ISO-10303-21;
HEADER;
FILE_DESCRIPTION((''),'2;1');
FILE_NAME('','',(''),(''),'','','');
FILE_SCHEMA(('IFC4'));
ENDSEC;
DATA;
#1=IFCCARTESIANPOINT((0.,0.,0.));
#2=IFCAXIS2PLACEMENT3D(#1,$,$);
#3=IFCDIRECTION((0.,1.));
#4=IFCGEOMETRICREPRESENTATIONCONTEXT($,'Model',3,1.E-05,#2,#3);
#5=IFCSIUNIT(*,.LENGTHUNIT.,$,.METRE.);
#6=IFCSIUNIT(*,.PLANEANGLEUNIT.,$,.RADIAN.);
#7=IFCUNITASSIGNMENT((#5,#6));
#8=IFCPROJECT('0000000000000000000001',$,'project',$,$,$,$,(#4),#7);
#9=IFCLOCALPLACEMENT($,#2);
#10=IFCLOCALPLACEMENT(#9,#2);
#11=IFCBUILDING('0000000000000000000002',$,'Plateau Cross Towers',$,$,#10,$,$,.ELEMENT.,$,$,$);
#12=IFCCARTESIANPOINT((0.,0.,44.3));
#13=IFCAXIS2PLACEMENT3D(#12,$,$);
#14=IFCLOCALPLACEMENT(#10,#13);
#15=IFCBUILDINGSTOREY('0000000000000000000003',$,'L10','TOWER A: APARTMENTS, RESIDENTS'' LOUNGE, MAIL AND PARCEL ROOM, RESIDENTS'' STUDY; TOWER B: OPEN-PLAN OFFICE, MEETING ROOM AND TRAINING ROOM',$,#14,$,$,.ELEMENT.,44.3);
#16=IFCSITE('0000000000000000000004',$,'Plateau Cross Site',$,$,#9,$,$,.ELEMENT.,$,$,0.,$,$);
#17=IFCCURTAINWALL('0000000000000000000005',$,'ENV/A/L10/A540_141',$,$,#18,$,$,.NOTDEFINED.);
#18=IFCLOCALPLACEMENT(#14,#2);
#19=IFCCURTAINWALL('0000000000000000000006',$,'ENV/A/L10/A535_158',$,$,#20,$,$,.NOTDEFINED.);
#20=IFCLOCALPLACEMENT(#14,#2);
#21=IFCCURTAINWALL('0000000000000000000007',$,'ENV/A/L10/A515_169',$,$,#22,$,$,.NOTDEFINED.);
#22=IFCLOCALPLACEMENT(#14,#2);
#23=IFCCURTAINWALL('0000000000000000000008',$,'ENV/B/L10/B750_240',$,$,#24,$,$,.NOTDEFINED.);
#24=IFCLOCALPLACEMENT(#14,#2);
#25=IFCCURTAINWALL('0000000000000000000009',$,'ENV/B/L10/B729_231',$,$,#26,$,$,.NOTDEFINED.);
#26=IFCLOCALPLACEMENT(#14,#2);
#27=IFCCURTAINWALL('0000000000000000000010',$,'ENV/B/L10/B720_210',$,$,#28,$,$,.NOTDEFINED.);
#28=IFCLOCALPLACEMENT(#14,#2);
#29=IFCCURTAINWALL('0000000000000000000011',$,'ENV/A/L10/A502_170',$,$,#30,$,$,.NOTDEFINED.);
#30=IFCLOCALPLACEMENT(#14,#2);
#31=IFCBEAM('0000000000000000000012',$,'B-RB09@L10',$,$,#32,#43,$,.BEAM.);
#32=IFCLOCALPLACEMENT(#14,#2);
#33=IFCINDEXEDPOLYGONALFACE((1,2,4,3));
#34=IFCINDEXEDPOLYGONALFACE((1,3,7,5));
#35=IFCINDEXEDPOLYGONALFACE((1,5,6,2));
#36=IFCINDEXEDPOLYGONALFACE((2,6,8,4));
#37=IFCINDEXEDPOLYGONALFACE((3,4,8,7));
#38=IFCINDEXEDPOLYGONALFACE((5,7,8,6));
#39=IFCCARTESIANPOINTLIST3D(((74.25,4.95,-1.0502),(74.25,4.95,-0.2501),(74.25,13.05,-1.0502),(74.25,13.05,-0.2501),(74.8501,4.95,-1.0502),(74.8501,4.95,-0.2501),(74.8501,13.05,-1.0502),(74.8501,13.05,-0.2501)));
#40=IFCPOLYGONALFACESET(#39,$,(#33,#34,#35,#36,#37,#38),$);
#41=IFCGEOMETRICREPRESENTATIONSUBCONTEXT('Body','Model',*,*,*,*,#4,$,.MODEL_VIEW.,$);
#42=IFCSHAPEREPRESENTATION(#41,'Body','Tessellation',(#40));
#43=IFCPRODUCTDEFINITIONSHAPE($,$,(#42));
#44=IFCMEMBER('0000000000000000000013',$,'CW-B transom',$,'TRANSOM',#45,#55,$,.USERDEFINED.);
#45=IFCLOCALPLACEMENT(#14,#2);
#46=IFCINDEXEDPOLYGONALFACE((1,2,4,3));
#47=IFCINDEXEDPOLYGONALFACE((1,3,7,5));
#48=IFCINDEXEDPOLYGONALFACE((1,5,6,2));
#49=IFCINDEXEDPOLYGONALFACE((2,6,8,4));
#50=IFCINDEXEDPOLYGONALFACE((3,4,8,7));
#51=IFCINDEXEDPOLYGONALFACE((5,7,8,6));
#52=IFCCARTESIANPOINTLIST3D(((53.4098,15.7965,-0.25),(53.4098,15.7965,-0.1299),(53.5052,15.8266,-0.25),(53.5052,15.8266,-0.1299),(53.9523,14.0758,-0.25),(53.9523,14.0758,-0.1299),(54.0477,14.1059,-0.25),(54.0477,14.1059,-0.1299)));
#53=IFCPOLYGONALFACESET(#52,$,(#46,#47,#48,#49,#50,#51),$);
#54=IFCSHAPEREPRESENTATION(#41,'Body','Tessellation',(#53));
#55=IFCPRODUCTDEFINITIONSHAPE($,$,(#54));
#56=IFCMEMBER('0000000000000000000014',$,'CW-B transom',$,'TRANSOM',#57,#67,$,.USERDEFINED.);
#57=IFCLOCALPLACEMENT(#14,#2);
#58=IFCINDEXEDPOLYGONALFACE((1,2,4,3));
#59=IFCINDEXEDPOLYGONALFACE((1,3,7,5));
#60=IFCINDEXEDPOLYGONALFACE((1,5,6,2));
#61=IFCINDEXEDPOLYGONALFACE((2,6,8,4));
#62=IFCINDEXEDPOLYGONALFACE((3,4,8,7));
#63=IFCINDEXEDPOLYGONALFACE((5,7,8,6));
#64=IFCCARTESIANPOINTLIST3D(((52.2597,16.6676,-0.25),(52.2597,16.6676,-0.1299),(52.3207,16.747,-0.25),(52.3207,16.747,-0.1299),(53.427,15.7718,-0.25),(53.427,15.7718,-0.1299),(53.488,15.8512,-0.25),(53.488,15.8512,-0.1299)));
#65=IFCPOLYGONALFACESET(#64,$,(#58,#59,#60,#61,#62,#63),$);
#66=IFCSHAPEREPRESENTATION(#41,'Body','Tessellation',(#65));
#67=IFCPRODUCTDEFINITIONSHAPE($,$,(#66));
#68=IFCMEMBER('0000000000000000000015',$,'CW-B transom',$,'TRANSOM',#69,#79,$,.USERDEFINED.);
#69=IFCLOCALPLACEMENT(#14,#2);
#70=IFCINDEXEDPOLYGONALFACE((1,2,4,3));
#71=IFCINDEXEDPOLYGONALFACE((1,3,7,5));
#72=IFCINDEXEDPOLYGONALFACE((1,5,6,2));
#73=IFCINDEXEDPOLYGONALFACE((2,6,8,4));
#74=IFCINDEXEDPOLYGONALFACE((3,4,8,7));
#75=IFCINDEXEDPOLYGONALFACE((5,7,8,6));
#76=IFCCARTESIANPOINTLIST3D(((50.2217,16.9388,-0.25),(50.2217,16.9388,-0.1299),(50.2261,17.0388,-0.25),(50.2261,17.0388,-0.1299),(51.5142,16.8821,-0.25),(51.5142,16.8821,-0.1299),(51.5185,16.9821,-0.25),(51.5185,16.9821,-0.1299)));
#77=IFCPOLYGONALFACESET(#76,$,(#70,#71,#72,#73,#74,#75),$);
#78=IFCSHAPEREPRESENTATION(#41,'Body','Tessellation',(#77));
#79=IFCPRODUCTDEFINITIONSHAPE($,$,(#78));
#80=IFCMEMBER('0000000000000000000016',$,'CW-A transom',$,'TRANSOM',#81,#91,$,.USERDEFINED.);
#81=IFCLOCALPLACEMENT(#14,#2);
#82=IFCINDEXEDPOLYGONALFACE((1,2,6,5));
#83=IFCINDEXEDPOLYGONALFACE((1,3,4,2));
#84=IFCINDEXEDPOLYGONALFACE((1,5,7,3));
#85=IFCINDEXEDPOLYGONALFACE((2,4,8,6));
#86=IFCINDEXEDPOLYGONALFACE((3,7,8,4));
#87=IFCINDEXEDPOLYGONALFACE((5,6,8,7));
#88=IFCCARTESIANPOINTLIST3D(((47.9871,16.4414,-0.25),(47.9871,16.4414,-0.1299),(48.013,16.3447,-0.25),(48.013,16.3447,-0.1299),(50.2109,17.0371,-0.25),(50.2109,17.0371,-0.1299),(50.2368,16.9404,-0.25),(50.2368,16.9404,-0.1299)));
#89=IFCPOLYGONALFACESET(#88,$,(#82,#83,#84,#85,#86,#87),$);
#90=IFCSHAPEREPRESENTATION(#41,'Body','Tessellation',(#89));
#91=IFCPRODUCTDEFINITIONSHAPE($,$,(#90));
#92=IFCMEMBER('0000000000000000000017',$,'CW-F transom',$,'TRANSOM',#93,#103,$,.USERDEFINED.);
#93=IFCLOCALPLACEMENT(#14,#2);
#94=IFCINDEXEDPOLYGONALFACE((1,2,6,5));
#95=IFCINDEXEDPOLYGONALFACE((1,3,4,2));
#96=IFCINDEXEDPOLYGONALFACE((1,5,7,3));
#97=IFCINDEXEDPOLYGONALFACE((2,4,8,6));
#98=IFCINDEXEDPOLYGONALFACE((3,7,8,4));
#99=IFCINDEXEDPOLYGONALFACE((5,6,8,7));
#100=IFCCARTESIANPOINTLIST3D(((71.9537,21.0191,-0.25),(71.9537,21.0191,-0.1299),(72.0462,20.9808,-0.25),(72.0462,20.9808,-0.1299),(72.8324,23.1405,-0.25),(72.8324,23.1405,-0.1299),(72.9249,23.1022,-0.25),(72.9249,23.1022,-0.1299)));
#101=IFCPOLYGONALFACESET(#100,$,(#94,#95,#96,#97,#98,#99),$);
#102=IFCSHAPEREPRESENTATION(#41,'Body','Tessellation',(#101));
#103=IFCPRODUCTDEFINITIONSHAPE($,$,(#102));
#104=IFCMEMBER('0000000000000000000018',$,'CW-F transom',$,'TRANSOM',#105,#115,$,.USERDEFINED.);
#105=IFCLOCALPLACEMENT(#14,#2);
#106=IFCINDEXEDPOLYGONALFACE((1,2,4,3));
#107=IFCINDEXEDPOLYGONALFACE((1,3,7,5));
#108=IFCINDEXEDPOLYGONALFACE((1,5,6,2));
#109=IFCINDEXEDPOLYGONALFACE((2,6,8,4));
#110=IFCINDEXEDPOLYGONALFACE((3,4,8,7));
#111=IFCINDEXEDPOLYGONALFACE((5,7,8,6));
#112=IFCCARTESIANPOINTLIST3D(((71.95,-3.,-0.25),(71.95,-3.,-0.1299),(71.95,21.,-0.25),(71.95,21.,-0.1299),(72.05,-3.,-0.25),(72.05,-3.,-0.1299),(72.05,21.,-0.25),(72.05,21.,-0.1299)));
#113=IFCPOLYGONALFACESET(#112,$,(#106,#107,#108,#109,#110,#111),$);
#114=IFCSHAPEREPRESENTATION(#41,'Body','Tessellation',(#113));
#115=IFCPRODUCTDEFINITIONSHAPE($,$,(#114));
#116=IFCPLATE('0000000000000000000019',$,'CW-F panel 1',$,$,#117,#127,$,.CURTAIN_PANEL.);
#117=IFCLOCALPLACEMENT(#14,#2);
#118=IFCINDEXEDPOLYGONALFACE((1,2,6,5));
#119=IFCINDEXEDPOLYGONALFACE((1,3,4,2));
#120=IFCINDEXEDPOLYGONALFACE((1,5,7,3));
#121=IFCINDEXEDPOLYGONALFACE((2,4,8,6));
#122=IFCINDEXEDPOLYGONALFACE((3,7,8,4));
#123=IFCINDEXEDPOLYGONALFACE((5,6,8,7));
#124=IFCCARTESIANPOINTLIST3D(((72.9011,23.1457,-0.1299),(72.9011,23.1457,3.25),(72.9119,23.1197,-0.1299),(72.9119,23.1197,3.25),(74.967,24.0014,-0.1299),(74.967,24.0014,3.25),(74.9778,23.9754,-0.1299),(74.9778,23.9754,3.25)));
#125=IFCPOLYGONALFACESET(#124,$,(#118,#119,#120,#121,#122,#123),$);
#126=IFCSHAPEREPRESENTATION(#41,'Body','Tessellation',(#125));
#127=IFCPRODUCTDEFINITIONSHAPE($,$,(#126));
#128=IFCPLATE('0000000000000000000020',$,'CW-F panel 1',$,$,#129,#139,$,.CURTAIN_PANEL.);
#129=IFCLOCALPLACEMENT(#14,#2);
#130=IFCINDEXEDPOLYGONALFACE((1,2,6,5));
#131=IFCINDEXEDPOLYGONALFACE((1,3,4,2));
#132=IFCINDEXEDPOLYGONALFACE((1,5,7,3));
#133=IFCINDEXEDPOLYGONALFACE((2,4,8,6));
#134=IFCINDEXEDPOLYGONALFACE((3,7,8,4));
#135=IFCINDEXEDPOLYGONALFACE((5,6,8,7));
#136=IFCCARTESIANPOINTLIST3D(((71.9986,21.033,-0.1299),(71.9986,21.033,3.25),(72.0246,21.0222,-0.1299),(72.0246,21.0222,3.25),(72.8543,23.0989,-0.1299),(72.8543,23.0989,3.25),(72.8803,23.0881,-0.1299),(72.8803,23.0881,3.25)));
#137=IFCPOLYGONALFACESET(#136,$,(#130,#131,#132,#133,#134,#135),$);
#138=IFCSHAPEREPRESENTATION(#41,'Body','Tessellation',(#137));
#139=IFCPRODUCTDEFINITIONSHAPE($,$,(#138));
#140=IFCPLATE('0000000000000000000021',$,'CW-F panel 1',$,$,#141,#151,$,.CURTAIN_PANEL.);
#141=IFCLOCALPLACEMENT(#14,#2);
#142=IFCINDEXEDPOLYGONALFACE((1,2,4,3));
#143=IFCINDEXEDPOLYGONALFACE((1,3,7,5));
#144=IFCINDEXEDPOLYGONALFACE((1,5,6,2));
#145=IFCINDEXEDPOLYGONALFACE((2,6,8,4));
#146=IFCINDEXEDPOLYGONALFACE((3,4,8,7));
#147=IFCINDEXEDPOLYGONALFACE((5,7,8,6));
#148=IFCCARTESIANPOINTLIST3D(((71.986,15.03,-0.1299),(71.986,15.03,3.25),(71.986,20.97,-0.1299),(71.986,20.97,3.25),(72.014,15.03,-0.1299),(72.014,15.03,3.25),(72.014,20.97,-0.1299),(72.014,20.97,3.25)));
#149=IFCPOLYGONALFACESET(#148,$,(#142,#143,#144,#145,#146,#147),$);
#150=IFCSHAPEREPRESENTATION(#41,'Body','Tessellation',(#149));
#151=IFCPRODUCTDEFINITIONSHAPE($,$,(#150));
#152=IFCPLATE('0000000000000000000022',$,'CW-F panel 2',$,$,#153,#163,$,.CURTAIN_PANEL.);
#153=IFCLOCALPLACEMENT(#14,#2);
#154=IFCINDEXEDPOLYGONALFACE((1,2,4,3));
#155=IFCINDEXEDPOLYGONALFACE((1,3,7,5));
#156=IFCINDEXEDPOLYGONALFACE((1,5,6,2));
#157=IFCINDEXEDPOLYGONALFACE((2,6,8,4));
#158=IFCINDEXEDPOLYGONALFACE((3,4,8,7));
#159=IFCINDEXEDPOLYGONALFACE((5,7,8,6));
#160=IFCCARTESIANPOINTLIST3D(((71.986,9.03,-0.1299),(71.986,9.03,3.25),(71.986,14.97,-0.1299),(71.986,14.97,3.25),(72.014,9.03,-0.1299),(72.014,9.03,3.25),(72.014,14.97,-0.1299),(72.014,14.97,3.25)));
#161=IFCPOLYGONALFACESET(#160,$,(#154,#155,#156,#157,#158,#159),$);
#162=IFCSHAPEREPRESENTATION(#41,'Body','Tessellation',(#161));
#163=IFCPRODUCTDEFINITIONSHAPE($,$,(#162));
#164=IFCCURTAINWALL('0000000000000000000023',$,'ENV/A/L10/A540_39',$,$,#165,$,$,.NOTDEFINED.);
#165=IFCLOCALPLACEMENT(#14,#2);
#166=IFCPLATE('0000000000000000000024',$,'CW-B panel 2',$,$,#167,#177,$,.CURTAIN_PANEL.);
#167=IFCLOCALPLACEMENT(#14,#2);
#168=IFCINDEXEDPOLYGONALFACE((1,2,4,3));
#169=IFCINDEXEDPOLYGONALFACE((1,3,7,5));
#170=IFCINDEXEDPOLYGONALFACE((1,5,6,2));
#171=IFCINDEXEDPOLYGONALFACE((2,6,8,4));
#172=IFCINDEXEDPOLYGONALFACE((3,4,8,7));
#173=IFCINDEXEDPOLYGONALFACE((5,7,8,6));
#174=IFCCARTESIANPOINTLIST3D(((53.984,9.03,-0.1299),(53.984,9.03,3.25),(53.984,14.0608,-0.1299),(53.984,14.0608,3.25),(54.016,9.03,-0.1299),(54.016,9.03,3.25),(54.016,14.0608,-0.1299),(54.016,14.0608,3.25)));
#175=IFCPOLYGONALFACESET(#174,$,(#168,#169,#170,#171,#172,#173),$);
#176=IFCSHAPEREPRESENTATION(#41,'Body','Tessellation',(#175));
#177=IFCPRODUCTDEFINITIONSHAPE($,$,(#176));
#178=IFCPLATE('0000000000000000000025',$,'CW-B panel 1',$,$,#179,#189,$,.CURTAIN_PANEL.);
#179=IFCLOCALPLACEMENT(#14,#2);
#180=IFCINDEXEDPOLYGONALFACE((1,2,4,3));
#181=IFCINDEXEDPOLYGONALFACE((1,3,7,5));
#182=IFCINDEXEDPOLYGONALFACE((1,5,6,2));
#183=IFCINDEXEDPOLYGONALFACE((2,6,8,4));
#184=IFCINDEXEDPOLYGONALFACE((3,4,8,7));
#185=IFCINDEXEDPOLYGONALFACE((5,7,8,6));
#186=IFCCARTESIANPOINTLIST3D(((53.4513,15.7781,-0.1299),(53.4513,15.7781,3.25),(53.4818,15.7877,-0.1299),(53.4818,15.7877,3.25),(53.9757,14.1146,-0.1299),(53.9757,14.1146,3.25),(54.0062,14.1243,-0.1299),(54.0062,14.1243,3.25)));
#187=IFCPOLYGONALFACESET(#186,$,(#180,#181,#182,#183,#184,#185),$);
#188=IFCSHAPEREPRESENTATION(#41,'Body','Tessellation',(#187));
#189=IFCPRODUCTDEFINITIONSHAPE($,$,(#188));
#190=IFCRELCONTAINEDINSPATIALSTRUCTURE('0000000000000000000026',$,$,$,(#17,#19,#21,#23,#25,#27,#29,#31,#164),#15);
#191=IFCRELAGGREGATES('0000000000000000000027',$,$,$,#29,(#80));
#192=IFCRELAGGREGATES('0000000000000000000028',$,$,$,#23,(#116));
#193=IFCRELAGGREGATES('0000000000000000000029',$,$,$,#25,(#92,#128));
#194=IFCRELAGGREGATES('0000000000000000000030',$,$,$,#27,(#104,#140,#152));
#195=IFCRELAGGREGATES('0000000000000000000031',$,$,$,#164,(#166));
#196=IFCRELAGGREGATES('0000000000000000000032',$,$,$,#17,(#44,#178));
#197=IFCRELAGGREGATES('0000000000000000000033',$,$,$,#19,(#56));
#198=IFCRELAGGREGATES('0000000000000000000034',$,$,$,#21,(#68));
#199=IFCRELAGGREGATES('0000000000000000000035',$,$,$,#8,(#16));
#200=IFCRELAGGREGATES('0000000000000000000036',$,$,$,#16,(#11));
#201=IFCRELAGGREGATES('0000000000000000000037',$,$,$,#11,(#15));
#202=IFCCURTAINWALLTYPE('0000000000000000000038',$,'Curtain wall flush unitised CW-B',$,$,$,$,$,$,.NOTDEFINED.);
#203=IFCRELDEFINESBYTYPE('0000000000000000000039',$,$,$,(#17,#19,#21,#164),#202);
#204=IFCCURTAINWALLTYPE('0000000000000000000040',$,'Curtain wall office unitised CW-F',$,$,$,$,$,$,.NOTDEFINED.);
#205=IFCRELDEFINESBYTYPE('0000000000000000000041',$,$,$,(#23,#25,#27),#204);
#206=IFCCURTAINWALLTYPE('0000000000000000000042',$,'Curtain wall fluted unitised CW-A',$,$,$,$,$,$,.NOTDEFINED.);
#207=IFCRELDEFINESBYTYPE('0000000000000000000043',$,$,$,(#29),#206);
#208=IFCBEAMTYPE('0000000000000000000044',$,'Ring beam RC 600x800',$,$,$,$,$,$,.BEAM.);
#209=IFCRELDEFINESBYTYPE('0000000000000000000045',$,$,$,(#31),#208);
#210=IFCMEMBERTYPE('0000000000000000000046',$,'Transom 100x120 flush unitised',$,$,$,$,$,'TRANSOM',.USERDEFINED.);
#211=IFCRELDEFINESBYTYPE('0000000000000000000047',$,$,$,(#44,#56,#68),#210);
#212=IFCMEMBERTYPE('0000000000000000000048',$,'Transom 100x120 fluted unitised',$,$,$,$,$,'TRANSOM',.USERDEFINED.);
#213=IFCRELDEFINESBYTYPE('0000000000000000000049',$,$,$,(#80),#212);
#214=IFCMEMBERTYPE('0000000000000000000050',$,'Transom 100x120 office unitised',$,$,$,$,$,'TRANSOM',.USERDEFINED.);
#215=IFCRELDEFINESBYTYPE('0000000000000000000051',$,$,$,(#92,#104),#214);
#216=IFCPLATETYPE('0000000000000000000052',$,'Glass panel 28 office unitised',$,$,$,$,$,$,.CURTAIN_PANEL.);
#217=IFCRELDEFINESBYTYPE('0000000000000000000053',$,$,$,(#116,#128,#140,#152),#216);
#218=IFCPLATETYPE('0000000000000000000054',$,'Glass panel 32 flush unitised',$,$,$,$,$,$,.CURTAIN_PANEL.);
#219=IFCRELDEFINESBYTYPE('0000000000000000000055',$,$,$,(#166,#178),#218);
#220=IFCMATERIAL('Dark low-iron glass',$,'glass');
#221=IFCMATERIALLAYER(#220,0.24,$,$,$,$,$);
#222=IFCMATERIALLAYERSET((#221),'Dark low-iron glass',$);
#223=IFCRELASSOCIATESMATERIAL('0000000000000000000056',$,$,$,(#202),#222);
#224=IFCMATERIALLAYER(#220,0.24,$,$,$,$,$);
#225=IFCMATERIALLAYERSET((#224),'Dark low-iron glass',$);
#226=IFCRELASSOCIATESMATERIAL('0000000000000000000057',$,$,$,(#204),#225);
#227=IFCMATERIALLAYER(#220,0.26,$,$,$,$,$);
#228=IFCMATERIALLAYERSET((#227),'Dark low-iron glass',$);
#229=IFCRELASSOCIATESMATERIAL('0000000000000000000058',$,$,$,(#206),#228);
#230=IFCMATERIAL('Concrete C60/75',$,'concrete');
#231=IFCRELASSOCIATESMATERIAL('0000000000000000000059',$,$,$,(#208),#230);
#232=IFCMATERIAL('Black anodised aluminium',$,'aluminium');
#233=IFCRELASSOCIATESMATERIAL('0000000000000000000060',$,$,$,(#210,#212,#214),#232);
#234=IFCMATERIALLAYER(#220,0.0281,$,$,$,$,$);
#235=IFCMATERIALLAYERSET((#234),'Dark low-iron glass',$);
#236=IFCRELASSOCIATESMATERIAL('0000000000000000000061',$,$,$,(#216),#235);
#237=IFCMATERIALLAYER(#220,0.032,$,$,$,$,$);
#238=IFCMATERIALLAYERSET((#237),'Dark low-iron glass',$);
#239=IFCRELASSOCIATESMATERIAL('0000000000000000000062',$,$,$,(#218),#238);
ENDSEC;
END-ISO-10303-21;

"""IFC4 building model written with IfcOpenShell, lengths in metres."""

from ifc_helpers import new_model, si_unit, direction, frame, origin, origin_2d, place, context, subcontext, project, spatial, rectangle, extrude, material, layer, layer_set, material_profile, profile_set, type_object, element, aggregate, save


model = new_model("IFC4")

# Units and contexts
model_context = context("Model", 3, precision=1e-05, world=origin(), true_north=direction((0.0, 1.0)))
body_context = subcontext(model_context, "Body", "Model", "MODEL_VIEW")
ifc_project = project(units=[si_unit("LENGTHUNIT", "METRE"), si_unit("PLANEANGLEUNIT", "RADIAN")], contexts=[model_context])

# Site, building, storey
site_placement = place(None, origin())
site = spatial("IfcSite", under=ifc_project, at=site_placement, Name="Plateau Cross Site", CompositionType="ELEMENT", RefElevation=0.0)
building_placement = place(site_placement, origin())
building = spatial("IfcBuilding", under=site, at=building_placement, Name="Plateau Cross Towers", CompositionType="ELEMENT")
storey_placement = place(building_placement, frame((0.0, 0.0, 44.3)))
storey = spatial("IfcBuildingStorey", under=building, at=storey_placement, Name="L10", Description="TOWER A: APARTMENTS, RESIDENTS' LOUNGE, MAIL AND PARCEL ROOM, RESIDENTS' STUDY; TOWER B: OPEN-PLAN OFFICE, MEETING ROOM AND TRAINING ROOM", CompositionType="ELEMENT", Elevation=44.3)

# Shared definitions
ifc_material_1 = material(Name="Concrete C60/75", Category="concrete")

# Curtain wall
ifc_material_2 = material(Name="Dark low-iron glass", Category="glass")
ifc_layer_1 = layer(ifc_material_2, 0.24)
ifc_layer_set_1 = layer_set([ifc_layer_1], Name="Dark low-iron glass")
curtain_wall_type_1 = type_object("IfcCurtainWallType", Name="Curtain wall flush unitised CW-B", PredefinedType="NOTDEFINED", material=ifc_layer_set_1)
curtain_wall_1_placement = place(storey_placement, origin())
curtain_wall_1 = element("IfcCurtainWall", 1, at=curtain_wall_1_placement, inside=storey, type_object=curtain_wall_type_1, Name="ENV/A/L10/A540_141", PredefinedType="NOTDEFINED")
ifc_material_3 = material(Name="Black anodised aluminium", Category="aluminium")

# Curtain wall
curtain_wall_2_placement = place(storey_placement, origin())
curtain_wall_2 = element("IfcCurtainWall", 2, at=curtain_wall_2_placement, inside=storey, type_object=curtain_wall_type_1, Name="ENV/A/L10/A535_158", PredefinedType="NOTDEFINED")

# Curtain walls
curtain_wall_3_placement = place(storey_placement, origin())
curtain_wall_3 = element("IfcCurtainWall", 3, at=curtain_wall_3_placement, inside=storey, type_object=curtain_wall_type_1, Name="ENV/A/L10/A515_169", PredefinedType="NOTDEFINED")
ifc_layer_2 = layer(ifc_material_2, 0.24)
ifc_layer_set_2 = layer_set([ifc_layer_2], Name="Dark low-iron glass")
curtain_wall_type_2 = type_object("IfcCurtainWallType", Name="Curtain wall office unitised CW-F", PredefinedType="NOTDEFINED", material=ifc_layer_set_2)
curtain_wall_4_placement = place(storey_placement, origin())
curtain_wall_4 = element("IfcCurtainWall", 4, at=curtain_wall_4_placement, inside=storey, type_object=curtain_wall_type_2, Name="ENV/B/L10/B750_240", PredefinedType="NOTDEFINED")
curtain_wall_5_placement = place(storey_placement, origin())
curtain_wall_5 = element("IfcCurtainWall", 5, at=curtain_wall_5_placement, inside=storey, type_object=curtain_wall_type_2, Name="ENV/B/L10/B729_231", PredefinedType="NOTDEFINED")

# Curtain wall
curtain_wall_6_placement = place(storey_placement, origin())
curtain_wall_6 = element("IfcCurtainWall", 6, at=curtain_wall_6_placement, inside=storey, type_object=curtain_wall_type_2, Name="ENV/B/L10/B720_210", PredefinedType="NOTDEFINED")

# Curtain wall
ifc_layer_3 = layer(ifc_material_2, 0.26)
ifc_layer_set_3 = layer_set([ifc_layer_3], Name="Dark low-iron glass")
curtain_wall_type_3 = type_object("IfcCurtainWallType", Name="Curtain wall fluted unitised CW-A", PredefinedType="NOTDEFINED", material=ifc_layer_set_3)
curtain_wall_7_placement = place(storey_placement, origin())
curtain_wall_7 = element("IfcCurtainWall", 7, at=curtain_wall_7_placement, inside=storey, type_object=curtain_wall_type_3, Name="ENV/A/L10/A502_170", PredefinedType="NOTDEFINED")

# Beam
ifc_material_profile_1 = material_profile(ifc_material_1, rectangle(XDim=0.6001, YDim=0.8, at=origin_2d()), Name="RC 600x800")
ifc_profile_set_1 = profile_set([ifc_material_profile_1], Name="Concrete C60/75")
beam_type = type_object("IfcBeamType", Name="Ring beam RC 600x800", PredefinedType="BEAM", material=ifc_profile_set_1)
for number, where, z_axis, x_axis, name in (
    (8, (74.55, 13.05, -0.6501), (0.0, -1.0, 0.0), (1.0, 0.0, 0.0), "B-RB09@L10"),
):
    element("IfcBeam", number, at=place(storey_placement, frame(where, z_axis=z_axis, x_axis=x_axis)), inside=storey, type_object=beam_type, Name=name, PredefinedType="BEAM", context=body_context, shape_type="SweptSolid", body=[
        extrude(rectangle(XDim=0.6001, YDim=0.8, at=origin_2d()), origin(), (0.0, 0.0, 1.0), 8.1001),
    ])

# Members
ifc_material_profile_2 = material_profile(ifc_material_3, rectangle(XDim=0.1001, YDim=0.1201, at=origin_2d()), Name="TRANSOM 100x120")
ifc_profile_set_2 = profile_set([ifc_material_profile_2], Name="Black anodised aluminium")
member_type_1 = type_object("IfcMemberType", Name="Transom 100x120 flush unitised", ElementType="TRANSOM", PredefinedType="USERDEFINED", material=ifc_profile_set_2)
member_1_placement = place(storey_placement, frame((54.0, 14.0908, -0.1899), z_axis=(-0.300678, 0.953726, 0.0), x_axis=(-0.953726, -0.300678, 0.0)))
member_1 = element("IfcMember", 9, at=member_1_placement, type_object=member_type_1, Name="CW-B transom", ObjectType="TRANSOM", PredefinedType="USERDEFINED", context=body_context, shape_type="SweptSolid", body=[
    extrude(rectangle(XDim=0.1001, YDim=0.1201, at=origin_2d()), origin(), (0.0, 0.0, 1.0), 1.8042),
])
member_2_placement = place(storey_placement, frame((53.4575, 15.8115, -0.1899), z_axis=(-0.793321, 0.608804, 0.0), x_axis=(-0.608804, -0.793321, 0.0)))
member_2 = element("IfcMember", 10, at=member_2_placement, type_object=member_type_1, Name="CW-B transom", ObjectType="TRANSOM", PredefinedType="USERDEFINED", context=body_context, shape_type="SweptSolid", body=[
    extrude(rectangle(XDim=0.1001, YDim=0.1201, at=origin_2d()), origin(), (0.0, 0.0, 1.0), 1.4714),
])
member_3_placement = place(storey_placement, frame((51.5164, 16.9321, -0.1899), z_axis=(-0.999041, 0.043781, 0.0), x_axis=(-0.043781, -0.999041, 0.0)))
member_3 = element("IfcMember", 11, at=member_3_placement, type_object=member_type_1, Name="CW-B transom", ObjectType="TRANSOM", PredefinedType="USERDEFINED", context=body_context, shape_type="SweptSolid", body=[
    extrude(rectangle(XDim=0.1001, YDim=0.1201, at=origin_2d()), origin(), (0.0, 0.0, 1.0), 1.2937),
])
ifc_material_profile_3 = material_profile(ifc_material_3, rectangle(XDim=0.1001, YDim=0.1201, at=origin_2d()), Name="TRANSOM 100x120")
ifc_profile_set_3 = profile_set([ifc_material_profile_3], Name="Black anodised aluminium")
member_type_2 = type_object("IfcMemberType", Name="Transom 100x120 fluted unitised", ElementType="TRANSOM", PredefinedType="USERDEFINED", material=ifc_profile_set_3)
member_4_placement = place(storey_placement, frame((50.2239, 16.9888, -0.1899), z_axis=(-0.965946, -0.258745, 0.0), x_axis=(0.258745, -0.965946, 0.0)))
member_4 = element("IfcMember", 12, at=member_4_placement, type_object=member_type_2, Name="CW-A transom", ObjectType="TRANSOM", PredefinedType="USERDEFINED", context=body_context, shape_type="SweptSolid", body=[
    extrude(rectangle(XDim=0.1001, YDim=0.1201, at=origin_2d()), origin(), (0.0, 0.0, 1.0), 2.3022),
])
aggregate(curtain_wall_7, [member_4])
ifc_material_profile_4 = material_profile(ifc_material_3, rectangle(XDim=0.1001, YDim=0.1201, at=origin_2d()), Name="TRANSOM 100x120")
ifc_profile_set_4 = profile_set([ifc_material_profile_4], Name="Black anodised aluminium")
member_type_3 = type_object("IfcMemberType", Name="Transom 100x120 office unitised", ElementType="TRANSOM", PredefinedType="USERDEFINED", material=ifc_profile_set_4)
member_5_placement = place(storey_placement, frame((72.8787, 23.1213, -0.1899), z_axis=(-0.382674, -0.923883, 0.0), x_axis=(0.923883, -0.382674, 0.0)))
member_5 = element("IfcMember", 13, at=member_5_placement, type_object=member_type_3, Name="CW-F transom", ObjectType="TRANSOM", PredefinedType="USERDEFINED", context=body_context, shape_type="SweptSolid", body=[
    extrude(rectangle(XDim=0.1001, YDim=0.1201, at=origin_2d()), origin(), (0.0, 0.0, 1.0), 2.2961),
])
member_6_placement = place(storey_placement, frame((72.0, 21.0, -0.1899), z_axis=(0.0, -1.0, 0.0), x_axis=(1.0, 0.0, 0.0)))
member_6 = element("IfcMember", 14, at=member_6_placement, type_object=member_type_3, Name="CW-F transom", ObjectType="TRANSOM", PredefinedType="USERDEFINED", context=body_context, shape_type="SweptSolid", body=[
    extrude(rectangle(XDim=0.1001, YDim=0.1201, at=origin_2d()), origin(), (0.0, 0.0, 1.0), 24.0),
])

# Plates
ifc_layer_4 = layer(ifc_material_2, 0.0281)
ifc_layer_set_4 = layer_set([ifc_layer_4], Name="Dark low-iron glass")
plate_type_1 = type_object("IfcPlateType", Name="Glass panel 28 office unitised", PredefinedType="CURTAIN_PANEL", material=ifc_layer_set_4)
plate_1_placement = place(storey_placement, frame((73.9395, 23.5605, -0.1299), z_axis=(0.0, 0.0, 1.0), x_axis=(-0.923879, -0.382684, 0.0)))
plate_1 = element("IfcPlate", 15, at=plate_1_placement, type_object=plate_type_1, Name="CW-F panel 1", PredefinedType="CURTAIN_PANEL", context=body_context, shape_type="SweptSolid", body=[
    extrude(rectangle(XDim=2.2361, YDim=0.0281, at=origin_2d()), origin(), (0.0, 0.0, 1.0), 3.3799),
])
aggregate(curtain_wall_4, [plate_1])
plate_2_placement = place(storey_placement, frame((72.4395, 22.0605, -0.1299), z_axis=(0.0, 0.0, 1.0), x_axis=(-0.382684, -0.923879, 0.0)))
plate_2 = element("IfcPlate", 16, at=plate_2_placement, type_object=plate_type_1, Name="CW-F panel 1", PredefinedType="CURTAIN_PANEL", context=body_context, shape_type="SweptSolid", body=[
    extrude(rectangle(XDim=2.2361, YDim=0.0281, at=origin_2d()), origin(), (0.0, 0.0, 1.0), 3.3799),
])
aggregate(curtain_wall_5, [member_5, plate_2])
plate_3_placement = place(storey_placement, frame((72.0, 18.0, -0.1299), z_axis=(0.0, 0.0, 1.0), x_axis=(0.0, -1.0, 0.0)))
plate_3 = element("IfcPlate", 17, at=plate_3_placement, type_object=plate_type_1, Name="CW-F panel 1", PredefinedType="CURTAIN_PANEL", context=body_context, shape_type="SweptSolid", body=[
    extrude(rectangle(XDim=5.9399, YDim=0.0281, at=origin_2d()), origin(), (0.0, 0.0, 1.0), 3.3799),
])
plate_4_placement = place(storey_placement, frame((72.0, 12.0, -0.1299), z_axis=(0.0, 0.0, 1.0), x_axis=(0.0, -1.0, 0.0)))
plate_4 = element("IfcPlate", 18, at=plate_4_placement, type_object=plate_type_1, Name="CW-F panel 2", PredefinedType="CURTAIN_PANEL", context=body_context, shape_type="SweptSolid", body=[
    extrude(rectangle(XDim=5.9399, YDim=0.0281, at=origin_2d()), origin(), (0.0, 0.0, 1.0), 3.3799),
])
aggregate(curtain_wall_6, [member_6, plate_3, plate_4])

# Curtain wall, plate
curtain_wall_8_placement = place(storey_placement, origin())
curtain_wall_8 = element("IfcCurtainWall", 19, at=curtain_wall_8_placement, inside=storey, type_object=curtain_wall_type_1, Name="ENV/A/L10/A540_39", PredefinedType="NOTDEFINED")
ifc_layer_5 = layer(ifc_material_2, 0.032)
ifc_layer_set_5 = layer_set([ifc_layer_5], Name="Dark low-iron glass")
plate_type_2 = type_object("IfcPlateType", Name="Glass panel 32 flush unitised", PredefinedType="CURTAIN_PANEL", material=ifc_layer_set_5)
plate_5_placement = place(storey_placement, frame((54.0, 11.5454, -0.1299), z_axis=(0.0, 0.0, 1.0), x_axis=(0.0, 1.0, 0.0)))
plate_5 = element("IfcPlate", 20, at=plate_5_placement, type_object=plate_type_2, Name="CW-B panel 2", PredefinedType="CURTAIN_PANEL", context=body_context, shape_type="SweptSolid", body=[
    extrude(rectangle(XDim=5.0308, YDim=0.032, at=origin_2d()), origin(), (0.0, 0.0, 1.0), 3.3799),
])
aggregate(curtain_wall_8, [plate_5])

# Plate
plate_6_placement = place(storey_placement, frame((53.7288, 14.9512, -0.1299), z_axis=(0.0, 0.0, 1.0), x_axis=(-0.300686, 0.953723, 0.0)))
plate_6 = element("IfcPlate", 21, at=plate_6_placement, type_object=plate_type_2, Name="CW-B panel 1", PredefinedType="CURTAIN_PANEL", context=body_context, shape_type="SweptSolid", body=[
    extrude(rectangle(XDim=1.7441, YDim=0.032, at=origin_2d()), origin(), (0.0, 0.0, 1.0), 3.3799),
])
aggregate(curtain_wall_1, [member_1, plate_6])
aggregate(curtain_wall_2, [member_2])
aggregate(curtain_wall_3, [member_3])

save(model, "model.ifc")
